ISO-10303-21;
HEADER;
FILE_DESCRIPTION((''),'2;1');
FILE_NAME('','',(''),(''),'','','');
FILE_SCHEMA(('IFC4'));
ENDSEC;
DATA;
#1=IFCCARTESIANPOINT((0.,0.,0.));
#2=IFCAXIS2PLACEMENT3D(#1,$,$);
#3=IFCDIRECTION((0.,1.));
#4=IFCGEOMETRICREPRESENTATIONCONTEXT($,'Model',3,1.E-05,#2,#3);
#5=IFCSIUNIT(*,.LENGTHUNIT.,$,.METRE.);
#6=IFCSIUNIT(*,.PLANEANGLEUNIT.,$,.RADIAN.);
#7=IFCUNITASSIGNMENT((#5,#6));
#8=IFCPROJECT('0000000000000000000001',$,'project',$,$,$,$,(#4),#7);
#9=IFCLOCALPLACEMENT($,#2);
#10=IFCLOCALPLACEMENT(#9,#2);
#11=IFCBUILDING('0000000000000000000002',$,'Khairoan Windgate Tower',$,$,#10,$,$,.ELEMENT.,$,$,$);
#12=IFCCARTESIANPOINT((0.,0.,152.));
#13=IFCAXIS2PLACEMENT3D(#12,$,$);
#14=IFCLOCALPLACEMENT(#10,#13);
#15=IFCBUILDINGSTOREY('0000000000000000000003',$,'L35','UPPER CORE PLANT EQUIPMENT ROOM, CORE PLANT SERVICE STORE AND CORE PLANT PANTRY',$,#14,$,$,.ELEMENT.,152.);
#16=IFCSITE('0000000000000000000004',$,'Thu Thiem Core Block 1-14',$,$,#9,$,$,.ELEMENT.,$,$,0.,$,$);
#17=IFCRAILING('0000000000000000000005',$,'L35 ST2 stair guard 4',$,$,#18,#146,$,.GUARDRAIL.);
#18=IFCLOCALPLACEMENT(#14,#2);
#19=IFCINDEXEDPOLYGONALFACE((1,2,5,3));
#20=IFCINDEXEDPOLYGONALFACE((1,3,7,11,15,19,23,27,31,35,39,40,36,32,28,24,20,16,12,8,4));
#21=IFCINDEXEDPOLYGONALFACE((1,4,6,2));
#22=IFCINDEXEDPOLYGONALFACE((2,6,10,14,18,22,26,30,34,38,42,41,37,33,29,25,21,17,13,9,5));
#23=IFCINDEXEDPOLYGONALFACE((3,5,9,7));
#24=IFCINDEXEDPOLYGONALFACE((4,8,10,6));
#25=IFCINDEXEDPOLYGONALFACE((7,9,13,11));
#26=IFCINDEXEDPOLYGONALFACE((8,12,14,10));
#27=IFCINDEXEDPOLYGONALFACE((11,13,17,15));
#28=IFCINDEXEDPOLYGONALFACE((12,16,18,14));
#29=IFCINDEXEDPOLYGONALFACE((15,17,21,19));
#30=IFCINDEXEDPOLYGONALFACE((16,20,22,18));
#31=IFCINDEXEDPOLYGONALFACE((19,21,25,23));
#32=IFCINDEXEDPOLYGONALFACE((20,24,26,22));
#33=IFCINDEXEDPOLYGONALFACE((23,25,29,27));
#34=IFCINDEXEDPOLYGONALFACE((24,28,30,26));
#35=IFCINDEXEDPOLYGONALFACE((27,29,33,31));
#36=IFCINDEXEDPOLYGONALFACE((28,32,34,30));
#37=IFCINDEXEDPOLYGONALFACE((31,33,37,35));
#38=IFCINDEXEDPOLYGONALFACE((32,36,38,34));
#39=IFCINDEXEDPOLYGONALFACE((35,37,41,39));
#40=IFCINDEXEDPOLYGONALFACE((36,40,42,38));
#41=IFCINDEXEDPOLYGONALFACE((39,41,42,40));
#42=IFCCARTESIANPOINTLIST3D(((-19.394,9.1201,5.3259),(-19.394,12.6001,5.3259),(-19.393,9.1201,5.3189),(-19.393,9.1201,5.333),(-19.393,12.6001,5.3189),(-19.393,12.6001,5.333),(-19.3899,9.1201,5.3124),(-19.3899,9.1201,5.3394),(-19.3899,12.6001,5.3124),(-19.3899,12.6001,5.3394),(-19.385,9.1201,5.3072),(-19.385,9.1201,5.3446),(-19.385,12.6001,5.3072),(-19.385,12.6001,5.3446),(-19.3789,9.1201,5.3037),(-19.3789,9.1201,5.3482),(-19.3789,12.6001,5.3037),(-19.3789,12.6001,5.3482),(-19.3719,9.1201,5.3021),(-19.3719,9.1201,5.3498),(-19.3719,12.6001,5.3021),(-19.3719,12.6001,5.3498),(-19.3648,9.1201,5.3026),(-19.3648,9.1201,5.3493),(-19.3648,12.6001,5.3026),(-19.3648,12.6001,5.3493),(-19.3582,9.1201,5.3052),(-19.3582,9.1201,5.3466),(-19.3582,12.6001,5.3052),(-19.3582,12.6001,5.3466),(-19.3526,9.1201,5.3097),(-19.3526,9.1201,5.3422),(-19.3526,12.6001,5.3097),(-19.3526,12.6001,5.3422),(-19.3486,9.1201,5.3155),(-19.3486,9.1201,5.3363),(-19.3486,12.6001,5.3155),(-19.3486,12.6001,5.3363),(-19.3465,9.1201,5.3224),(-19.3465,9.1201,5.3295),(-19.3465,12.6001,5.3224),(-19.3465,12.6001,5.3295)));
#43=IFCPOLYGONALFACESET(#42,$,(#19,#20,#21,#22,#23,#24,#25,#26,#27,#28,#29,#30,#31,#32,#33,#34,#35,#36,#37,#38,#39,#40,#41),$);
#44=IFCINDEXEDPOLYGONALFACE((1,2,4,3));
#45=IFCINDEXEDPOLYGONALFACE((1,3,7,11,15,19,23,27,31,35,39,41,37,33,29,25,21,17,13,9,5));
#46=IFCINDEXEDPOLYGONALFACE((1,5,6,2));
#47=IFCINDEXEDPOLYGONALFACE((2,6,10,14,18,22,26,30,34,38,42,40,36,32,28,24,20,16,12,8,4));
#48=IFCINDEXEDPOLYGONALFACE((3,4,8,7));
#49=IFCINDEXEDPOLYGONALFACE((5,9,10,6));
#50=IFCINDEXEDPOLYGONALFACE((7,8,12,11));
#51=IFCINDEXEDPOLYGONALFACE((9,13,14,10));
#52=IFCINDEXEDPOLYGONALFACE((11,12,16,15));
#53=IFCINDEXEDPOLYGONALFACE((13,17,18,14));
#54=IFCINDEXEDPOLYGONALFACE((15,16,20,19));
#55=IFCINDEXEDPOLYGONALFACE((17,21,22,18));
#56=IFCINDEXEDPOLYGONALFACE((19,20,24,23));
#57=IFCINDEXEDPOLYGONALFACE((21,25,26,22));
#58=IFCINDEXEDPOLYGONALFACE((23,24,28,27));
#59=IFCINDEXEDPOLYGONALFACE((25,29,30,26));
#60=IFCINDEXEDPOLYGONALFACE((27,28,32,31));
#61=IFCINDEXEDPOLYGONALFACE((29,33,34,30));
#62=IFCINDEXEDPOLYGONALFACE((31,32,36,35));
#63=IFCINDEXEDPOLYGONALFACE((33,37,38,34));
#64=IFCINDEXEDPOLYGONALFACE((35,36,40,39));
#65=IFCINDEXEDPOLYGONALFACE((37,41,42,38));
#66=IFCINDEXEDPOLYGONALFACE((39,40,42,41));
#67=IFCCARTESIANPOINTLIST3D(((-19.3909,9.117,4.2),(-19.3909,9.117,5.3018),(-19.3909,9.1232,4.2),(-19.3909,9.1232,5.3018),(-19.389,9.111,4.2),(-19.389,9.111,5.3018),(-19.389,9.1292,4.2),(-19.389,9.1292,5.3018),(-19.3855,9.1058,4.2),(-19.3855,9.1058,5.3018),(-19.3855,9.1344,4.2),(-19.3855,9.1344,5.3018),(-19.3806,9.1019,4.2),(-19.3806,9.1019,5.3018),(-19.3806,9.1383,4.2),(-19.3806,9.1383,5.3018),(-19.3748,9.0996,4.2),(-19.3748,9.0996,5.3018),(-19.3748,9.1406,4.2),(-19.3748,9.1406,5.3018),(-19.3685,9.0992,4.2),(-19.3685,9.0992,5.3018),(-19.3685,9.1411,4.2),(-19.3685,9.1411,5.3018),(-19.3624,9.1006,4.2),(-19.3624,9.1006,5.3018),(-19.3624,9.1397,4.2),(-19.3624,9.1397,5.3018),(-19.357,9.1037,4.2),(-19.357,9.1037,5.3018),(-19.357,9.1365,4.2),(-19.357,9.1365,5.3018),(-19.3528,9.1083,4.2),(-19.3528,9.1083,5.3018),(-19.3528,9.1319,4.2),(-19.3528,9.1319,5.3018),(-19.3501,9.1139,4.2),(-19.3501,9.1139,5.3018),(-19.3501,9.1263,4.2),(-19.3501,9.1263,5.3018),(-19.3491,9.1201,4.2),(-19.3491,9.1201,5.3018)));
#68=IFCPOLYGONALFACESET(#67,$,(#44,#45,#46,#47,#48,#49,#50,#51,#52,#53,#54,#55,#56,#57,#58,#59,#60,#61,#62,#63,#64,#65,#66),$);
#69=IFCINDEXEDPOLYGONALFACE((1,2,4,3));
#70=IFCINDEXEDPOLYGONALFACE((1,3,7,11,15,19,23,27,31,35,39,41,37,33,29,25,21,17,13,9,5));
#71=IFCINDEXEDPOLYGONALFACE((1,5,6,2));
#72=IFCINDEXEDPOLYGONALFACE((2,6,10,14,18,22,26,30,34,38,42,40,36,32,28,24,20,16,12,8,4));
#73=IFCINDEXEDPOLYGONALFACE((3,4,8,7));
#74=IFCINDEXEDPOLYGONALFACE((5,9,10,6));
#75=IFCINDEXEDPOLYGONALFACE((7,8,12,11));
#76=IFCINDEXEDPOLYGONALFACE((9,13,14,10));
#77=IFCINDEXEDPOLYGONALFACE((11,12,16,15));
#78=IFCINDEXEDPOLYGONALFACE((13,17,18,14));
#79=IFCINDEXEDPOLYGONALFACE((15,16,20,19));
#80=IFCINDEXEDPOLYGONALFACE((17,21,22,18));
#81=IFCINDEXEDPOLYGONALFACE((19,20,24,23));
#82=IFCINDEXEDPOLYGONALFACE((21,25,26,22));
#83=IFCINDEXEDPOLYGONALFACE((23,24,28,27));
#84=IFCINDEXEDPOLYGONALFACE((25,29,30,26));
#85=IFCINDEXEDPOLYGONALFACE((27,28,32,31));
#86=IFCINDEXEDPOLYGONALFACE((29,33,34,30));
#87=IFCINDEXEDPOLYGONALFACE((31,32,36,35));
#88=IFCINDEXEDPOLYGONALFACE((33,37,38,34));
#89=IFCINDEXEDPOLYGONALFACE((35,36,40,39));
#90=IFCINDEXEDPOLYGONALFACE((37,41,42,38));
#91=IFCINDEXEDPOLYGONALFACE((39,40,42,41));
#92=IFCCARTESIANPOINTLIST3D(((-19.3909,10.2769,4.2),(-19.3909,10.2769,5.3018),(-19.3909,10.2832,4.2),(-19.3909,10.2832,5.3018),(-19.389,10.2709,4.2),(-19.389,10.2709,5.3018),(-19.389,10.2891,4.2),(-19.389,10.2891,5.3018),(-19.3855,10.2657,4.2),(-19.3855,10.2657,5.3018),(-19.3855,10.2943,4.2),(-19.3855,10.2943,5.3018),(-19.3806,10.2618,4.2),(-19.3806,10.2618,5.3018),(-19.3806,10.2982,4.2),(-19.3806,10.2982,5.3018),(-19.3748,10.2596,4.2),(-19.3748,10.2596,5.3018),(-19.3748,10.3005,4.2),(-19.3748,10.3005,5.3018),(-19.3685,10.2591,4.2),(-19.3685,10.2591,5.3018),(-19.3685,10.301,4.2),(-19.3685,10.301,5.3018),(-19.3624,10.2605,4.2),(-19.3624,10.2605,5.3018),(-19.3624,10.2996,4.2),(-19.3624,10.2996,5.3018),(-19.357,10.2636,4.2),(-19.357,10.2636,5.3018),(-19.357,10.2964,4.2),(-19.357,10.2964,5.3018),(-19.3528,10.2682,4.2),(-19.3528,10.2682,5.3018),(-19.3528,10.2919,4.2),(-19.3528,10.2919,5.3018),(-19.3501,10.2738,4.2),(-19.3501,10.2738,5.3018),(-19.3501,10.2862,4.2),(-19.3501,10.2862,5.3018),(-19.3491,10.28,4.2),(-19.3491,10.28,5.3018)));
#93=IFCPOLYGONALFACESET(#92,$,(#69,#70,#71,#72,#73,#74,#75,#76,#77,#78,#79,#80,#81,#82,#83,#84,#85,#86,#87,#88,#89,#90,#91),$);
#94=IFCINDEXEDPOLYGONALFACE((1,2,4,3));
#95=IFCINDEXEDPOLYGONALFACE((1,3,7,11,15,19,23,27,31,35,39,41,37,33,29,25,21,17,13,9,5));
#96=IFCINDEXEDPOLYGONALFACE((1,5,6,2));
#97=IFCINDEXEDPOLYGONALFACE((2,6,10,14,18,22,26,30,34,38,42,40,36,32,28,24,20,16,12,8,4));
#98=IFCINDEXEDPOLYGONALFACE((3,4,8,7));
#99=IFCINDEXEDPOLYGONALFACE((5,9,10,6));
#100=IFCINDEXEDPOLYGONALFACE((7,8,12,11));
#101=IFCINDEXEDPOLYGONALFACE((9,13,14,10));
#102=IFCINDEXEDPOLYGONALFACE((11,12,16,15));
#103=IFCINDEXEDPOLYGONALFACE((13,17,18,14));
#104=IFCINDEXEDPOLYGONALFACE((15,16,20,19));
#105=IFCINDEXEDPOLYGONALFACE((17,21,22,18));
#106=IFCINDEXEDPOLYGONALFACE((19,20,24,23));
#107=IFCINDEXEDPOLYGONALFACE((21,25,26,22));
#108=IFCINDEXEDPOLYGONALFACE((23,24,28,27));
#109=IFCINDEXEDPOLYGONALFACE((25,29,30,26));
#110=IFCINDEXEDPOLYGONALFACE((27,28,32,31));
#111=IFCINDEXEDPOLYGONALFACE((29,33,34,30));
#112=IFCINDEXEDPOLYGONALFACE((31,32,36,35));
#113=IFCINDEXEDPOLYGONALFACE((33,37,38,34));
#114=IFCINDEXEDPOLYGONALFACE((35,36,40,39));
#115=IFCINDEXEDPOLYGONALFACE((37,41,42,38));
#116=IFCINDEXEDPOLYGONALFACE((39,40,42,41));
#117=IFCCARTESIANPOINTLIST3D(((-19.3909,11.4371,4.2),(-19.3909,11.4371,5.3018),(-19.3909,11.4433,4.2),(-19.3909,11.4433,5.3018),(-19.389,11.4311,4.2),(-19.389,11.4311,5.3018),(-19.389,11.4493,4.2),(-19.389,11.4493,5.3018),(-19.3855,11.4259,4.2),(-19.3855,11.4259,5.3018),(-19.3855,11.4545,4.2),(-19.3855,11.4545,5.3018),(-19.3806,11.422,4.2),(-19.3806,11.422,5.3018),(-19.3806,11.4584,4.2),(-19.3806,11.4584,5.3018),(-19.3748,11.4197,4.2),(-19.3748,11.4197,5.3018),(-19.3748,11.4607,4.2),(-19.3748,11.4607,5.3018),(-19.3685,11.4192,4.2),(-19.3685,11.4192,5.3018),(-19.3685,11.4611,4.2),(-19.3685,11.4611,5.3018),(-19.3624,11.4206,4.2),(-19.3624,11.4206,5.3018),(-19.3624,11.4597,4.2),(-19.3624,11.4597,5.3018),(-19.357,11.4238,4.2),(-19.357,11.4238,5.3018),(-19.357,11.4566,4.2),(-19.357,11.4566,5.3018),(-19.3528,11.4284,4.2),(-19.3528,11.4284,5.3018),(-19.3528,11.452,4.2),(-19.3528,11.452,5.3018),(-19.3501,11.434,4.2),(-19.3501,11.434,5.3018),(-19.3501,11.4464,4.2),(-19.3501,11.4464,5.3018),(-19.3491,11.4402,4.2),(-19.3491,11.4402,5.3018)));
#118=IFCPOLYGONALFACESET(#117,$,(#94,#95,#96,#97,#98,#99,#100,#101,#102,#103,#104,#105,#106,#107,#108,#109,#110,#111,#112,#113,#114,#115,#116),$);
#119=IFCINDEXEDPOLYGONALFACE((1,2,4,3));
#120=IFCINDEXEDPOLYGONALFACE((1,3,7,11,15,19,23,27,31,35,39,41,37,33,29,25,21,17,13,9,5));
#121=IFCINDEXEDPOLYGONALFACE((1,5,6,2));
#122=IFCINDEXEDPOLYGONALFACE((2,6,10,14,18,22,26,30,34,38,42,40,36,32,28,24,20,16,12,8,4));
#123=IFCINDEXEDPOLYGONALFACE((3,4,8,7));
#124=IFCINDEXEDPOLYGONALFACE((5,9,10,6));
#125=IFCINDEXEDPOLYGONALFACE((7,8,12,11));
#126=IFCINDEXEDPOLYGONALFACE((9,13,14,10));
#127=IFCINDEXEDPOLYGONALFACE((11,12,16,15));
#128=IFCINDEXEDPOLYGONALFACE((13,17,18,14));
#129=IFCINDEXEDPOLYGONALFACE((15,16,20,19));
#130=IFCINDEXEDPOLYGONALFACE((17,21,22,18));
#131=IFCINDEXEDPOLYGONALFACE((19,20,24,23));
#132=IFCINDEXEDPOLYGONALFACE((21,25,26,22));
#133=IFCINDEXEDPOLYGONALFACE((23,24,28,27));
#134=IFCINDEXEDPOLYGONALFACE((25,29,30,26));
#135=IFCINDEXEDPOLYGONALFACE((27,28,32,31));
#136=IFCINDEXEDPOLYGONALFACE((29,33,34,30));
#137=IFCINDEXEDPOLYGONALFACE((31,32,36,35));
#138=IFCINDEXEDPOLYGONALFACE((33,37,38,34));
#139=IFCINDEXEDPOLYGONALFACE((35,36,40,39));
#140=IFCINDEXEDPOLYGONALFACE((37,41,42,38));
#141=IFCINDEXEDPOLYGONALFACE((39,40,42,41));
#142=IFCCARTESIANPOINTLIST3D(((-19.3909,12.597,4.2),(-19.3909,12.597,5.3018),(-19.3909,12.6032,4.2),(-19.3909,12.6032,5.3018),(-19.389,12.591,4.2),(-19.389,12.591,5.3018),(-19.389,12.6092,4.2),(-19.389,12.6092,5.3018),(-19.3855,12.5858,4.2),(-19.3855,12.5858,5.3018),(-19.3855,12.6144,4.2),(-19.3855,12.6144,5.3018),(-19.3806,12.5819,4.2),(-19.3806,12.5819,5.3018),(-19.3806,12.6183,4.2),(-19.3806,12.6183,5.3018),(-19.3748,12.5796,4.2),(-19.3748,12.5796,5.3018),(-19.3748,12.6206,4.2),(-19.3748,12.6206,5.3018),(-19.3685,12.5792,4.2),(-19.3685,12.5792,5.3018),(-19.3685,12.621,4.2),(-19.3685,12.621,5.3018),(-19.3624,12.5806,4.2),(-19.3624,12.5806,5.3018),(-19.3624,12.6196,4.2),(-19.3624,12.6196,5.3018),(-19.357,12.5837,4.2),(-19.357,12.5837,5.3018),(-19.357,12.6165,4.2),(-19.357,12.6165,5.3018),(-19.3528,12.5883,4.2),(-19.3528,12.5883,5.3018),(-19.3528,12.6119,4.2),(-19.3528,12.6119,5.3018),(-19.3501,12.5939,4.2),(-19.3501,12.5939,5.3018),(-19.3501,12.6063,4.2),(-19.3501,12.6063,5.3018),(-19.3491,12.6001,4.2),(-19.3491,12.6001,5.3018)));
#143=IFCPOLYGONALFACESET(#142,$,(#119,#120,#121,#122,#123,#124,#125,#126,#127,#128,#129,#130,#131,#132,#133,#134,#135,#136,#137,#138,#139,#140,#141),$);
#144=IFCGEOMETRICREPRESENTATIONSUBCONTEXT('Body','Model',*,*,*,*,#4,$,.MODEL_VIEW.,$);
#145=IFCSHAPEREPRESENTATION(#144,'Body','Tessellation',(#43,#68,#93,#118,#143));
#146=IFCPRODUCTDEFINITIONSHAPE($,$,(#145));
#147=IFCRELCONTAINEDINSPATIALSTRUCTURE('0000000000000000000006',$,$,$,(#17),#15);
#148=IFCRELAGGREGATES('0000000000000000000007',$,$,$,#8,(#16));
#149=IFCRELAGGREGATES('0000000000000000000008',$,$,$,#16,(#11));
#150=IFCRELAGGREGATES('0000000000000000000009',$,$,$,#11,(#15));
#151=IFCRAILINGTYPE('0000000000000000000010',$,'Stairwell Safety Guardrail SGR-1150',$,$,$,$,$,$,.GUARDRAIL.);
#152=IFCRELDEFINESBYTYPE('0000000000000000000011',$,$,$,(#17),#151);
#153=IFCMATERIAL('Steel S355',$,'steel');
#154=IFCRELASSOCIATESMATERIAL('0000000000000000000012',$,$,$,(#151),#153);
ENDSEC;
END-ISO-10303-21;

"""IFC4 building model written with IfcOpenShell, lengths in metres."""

from ifc_helpers import new_model, si_unit, direction, frame, origin, origin_2d, place, context, subcontext, project, spatial, circle, extrude, material, type_object, element, save


model = new_model("IFC4")

# Units and contexts
model_context = context("Model", 3, precision=1e-05, world=origin(), true_north=direction((0.0, 1.0)))
body_context = subcontext(model_context, "Body", "Model", "MODEL_VIEW")
ifc_project = project(units=[si_unit("LENGTHUNIT", "METRE"), si_unit("PLANEANGLEUNIT", "RADIAN")], contexts=[model_context])

# Site, building, storey
site_placement = place(None, origin())
site = spatial("IfcSite", under=ifc_project, at=site_placement, Name="Thu Thiem Core Block 1-14", CompositionType="ELEMENT", RefElevation=0.0)
building_placement = place(site_placement, origin())
building = spatial("IfcBuilding", under=site, at=building_placement, Name="Khairoan Windgate Tower", CompositionType="ELEMENT")
storey_placement = place(building_placement, frame((0.0, 0.0, 152.0)))
storey = spatial("IfcBuildingStorey", under=building, at=storey_placement, Name="L35", Description="UPPER CORE PLANT EQUIPMENT ROOM, CORE PLANT SERVICE STORE AND CORE PLANT PANTRY", CompositionType="ELEMENT", Elevation=152.0)

# Railing
ifc_material_1 = material(Name="Steel S355", Category="steel")
railing_type_1 = type_object("IfcRailingType", Name="Stairwell Safety Guardrail SGR-1150", PredefinedType="GUARDRAIL", material=ifc_material_1)
for number, where, name in (
    (1, (-19.3701, 9.1201, 4.2), "L35 ST2 stair guard 4"),
):
    element("IfcRailing", number, at=place(storey_placement, frame(where)), inside=storey, type_object=railing_type_1, Name=name, PredefinedType="GUARDRAIL", context=body_context, shape_type="SweptSolid", body=[
        extrude(circle(Radius=0.0239, at=origin_2d()), frame((0.0, 0.0, 1.126), z_axis=(0.0, 1.0, 0.0), x_axis=(-1.0, 0.0, 0.0)), (0.0, 0.0, 1.0), 3.48),
        extrude(circle(Radius=0.021, at=origin_2d()), origin(), (0.0, 0.0, 1.0), 1.1018),
        extrude(circle(Radius=0.021, at=origin_2d()), frame((0.0, 1.1599, 0.0)), (0.0, 0.0, 1.0), 1.1018),
        extrude(circle(Radius=0.021, at=origin_2d()), frame((0.0, 2.3201, 0.0)), (0.0, 0.0, 1.0), 1.1018),
        extrude(circle(Radius=0.021, at=origin_2d()), frame((0.0, 3.48, 0.0)), (0.0, 0.0, 1.0), 1.1018),
    ])

save(model, "model.ifc")
